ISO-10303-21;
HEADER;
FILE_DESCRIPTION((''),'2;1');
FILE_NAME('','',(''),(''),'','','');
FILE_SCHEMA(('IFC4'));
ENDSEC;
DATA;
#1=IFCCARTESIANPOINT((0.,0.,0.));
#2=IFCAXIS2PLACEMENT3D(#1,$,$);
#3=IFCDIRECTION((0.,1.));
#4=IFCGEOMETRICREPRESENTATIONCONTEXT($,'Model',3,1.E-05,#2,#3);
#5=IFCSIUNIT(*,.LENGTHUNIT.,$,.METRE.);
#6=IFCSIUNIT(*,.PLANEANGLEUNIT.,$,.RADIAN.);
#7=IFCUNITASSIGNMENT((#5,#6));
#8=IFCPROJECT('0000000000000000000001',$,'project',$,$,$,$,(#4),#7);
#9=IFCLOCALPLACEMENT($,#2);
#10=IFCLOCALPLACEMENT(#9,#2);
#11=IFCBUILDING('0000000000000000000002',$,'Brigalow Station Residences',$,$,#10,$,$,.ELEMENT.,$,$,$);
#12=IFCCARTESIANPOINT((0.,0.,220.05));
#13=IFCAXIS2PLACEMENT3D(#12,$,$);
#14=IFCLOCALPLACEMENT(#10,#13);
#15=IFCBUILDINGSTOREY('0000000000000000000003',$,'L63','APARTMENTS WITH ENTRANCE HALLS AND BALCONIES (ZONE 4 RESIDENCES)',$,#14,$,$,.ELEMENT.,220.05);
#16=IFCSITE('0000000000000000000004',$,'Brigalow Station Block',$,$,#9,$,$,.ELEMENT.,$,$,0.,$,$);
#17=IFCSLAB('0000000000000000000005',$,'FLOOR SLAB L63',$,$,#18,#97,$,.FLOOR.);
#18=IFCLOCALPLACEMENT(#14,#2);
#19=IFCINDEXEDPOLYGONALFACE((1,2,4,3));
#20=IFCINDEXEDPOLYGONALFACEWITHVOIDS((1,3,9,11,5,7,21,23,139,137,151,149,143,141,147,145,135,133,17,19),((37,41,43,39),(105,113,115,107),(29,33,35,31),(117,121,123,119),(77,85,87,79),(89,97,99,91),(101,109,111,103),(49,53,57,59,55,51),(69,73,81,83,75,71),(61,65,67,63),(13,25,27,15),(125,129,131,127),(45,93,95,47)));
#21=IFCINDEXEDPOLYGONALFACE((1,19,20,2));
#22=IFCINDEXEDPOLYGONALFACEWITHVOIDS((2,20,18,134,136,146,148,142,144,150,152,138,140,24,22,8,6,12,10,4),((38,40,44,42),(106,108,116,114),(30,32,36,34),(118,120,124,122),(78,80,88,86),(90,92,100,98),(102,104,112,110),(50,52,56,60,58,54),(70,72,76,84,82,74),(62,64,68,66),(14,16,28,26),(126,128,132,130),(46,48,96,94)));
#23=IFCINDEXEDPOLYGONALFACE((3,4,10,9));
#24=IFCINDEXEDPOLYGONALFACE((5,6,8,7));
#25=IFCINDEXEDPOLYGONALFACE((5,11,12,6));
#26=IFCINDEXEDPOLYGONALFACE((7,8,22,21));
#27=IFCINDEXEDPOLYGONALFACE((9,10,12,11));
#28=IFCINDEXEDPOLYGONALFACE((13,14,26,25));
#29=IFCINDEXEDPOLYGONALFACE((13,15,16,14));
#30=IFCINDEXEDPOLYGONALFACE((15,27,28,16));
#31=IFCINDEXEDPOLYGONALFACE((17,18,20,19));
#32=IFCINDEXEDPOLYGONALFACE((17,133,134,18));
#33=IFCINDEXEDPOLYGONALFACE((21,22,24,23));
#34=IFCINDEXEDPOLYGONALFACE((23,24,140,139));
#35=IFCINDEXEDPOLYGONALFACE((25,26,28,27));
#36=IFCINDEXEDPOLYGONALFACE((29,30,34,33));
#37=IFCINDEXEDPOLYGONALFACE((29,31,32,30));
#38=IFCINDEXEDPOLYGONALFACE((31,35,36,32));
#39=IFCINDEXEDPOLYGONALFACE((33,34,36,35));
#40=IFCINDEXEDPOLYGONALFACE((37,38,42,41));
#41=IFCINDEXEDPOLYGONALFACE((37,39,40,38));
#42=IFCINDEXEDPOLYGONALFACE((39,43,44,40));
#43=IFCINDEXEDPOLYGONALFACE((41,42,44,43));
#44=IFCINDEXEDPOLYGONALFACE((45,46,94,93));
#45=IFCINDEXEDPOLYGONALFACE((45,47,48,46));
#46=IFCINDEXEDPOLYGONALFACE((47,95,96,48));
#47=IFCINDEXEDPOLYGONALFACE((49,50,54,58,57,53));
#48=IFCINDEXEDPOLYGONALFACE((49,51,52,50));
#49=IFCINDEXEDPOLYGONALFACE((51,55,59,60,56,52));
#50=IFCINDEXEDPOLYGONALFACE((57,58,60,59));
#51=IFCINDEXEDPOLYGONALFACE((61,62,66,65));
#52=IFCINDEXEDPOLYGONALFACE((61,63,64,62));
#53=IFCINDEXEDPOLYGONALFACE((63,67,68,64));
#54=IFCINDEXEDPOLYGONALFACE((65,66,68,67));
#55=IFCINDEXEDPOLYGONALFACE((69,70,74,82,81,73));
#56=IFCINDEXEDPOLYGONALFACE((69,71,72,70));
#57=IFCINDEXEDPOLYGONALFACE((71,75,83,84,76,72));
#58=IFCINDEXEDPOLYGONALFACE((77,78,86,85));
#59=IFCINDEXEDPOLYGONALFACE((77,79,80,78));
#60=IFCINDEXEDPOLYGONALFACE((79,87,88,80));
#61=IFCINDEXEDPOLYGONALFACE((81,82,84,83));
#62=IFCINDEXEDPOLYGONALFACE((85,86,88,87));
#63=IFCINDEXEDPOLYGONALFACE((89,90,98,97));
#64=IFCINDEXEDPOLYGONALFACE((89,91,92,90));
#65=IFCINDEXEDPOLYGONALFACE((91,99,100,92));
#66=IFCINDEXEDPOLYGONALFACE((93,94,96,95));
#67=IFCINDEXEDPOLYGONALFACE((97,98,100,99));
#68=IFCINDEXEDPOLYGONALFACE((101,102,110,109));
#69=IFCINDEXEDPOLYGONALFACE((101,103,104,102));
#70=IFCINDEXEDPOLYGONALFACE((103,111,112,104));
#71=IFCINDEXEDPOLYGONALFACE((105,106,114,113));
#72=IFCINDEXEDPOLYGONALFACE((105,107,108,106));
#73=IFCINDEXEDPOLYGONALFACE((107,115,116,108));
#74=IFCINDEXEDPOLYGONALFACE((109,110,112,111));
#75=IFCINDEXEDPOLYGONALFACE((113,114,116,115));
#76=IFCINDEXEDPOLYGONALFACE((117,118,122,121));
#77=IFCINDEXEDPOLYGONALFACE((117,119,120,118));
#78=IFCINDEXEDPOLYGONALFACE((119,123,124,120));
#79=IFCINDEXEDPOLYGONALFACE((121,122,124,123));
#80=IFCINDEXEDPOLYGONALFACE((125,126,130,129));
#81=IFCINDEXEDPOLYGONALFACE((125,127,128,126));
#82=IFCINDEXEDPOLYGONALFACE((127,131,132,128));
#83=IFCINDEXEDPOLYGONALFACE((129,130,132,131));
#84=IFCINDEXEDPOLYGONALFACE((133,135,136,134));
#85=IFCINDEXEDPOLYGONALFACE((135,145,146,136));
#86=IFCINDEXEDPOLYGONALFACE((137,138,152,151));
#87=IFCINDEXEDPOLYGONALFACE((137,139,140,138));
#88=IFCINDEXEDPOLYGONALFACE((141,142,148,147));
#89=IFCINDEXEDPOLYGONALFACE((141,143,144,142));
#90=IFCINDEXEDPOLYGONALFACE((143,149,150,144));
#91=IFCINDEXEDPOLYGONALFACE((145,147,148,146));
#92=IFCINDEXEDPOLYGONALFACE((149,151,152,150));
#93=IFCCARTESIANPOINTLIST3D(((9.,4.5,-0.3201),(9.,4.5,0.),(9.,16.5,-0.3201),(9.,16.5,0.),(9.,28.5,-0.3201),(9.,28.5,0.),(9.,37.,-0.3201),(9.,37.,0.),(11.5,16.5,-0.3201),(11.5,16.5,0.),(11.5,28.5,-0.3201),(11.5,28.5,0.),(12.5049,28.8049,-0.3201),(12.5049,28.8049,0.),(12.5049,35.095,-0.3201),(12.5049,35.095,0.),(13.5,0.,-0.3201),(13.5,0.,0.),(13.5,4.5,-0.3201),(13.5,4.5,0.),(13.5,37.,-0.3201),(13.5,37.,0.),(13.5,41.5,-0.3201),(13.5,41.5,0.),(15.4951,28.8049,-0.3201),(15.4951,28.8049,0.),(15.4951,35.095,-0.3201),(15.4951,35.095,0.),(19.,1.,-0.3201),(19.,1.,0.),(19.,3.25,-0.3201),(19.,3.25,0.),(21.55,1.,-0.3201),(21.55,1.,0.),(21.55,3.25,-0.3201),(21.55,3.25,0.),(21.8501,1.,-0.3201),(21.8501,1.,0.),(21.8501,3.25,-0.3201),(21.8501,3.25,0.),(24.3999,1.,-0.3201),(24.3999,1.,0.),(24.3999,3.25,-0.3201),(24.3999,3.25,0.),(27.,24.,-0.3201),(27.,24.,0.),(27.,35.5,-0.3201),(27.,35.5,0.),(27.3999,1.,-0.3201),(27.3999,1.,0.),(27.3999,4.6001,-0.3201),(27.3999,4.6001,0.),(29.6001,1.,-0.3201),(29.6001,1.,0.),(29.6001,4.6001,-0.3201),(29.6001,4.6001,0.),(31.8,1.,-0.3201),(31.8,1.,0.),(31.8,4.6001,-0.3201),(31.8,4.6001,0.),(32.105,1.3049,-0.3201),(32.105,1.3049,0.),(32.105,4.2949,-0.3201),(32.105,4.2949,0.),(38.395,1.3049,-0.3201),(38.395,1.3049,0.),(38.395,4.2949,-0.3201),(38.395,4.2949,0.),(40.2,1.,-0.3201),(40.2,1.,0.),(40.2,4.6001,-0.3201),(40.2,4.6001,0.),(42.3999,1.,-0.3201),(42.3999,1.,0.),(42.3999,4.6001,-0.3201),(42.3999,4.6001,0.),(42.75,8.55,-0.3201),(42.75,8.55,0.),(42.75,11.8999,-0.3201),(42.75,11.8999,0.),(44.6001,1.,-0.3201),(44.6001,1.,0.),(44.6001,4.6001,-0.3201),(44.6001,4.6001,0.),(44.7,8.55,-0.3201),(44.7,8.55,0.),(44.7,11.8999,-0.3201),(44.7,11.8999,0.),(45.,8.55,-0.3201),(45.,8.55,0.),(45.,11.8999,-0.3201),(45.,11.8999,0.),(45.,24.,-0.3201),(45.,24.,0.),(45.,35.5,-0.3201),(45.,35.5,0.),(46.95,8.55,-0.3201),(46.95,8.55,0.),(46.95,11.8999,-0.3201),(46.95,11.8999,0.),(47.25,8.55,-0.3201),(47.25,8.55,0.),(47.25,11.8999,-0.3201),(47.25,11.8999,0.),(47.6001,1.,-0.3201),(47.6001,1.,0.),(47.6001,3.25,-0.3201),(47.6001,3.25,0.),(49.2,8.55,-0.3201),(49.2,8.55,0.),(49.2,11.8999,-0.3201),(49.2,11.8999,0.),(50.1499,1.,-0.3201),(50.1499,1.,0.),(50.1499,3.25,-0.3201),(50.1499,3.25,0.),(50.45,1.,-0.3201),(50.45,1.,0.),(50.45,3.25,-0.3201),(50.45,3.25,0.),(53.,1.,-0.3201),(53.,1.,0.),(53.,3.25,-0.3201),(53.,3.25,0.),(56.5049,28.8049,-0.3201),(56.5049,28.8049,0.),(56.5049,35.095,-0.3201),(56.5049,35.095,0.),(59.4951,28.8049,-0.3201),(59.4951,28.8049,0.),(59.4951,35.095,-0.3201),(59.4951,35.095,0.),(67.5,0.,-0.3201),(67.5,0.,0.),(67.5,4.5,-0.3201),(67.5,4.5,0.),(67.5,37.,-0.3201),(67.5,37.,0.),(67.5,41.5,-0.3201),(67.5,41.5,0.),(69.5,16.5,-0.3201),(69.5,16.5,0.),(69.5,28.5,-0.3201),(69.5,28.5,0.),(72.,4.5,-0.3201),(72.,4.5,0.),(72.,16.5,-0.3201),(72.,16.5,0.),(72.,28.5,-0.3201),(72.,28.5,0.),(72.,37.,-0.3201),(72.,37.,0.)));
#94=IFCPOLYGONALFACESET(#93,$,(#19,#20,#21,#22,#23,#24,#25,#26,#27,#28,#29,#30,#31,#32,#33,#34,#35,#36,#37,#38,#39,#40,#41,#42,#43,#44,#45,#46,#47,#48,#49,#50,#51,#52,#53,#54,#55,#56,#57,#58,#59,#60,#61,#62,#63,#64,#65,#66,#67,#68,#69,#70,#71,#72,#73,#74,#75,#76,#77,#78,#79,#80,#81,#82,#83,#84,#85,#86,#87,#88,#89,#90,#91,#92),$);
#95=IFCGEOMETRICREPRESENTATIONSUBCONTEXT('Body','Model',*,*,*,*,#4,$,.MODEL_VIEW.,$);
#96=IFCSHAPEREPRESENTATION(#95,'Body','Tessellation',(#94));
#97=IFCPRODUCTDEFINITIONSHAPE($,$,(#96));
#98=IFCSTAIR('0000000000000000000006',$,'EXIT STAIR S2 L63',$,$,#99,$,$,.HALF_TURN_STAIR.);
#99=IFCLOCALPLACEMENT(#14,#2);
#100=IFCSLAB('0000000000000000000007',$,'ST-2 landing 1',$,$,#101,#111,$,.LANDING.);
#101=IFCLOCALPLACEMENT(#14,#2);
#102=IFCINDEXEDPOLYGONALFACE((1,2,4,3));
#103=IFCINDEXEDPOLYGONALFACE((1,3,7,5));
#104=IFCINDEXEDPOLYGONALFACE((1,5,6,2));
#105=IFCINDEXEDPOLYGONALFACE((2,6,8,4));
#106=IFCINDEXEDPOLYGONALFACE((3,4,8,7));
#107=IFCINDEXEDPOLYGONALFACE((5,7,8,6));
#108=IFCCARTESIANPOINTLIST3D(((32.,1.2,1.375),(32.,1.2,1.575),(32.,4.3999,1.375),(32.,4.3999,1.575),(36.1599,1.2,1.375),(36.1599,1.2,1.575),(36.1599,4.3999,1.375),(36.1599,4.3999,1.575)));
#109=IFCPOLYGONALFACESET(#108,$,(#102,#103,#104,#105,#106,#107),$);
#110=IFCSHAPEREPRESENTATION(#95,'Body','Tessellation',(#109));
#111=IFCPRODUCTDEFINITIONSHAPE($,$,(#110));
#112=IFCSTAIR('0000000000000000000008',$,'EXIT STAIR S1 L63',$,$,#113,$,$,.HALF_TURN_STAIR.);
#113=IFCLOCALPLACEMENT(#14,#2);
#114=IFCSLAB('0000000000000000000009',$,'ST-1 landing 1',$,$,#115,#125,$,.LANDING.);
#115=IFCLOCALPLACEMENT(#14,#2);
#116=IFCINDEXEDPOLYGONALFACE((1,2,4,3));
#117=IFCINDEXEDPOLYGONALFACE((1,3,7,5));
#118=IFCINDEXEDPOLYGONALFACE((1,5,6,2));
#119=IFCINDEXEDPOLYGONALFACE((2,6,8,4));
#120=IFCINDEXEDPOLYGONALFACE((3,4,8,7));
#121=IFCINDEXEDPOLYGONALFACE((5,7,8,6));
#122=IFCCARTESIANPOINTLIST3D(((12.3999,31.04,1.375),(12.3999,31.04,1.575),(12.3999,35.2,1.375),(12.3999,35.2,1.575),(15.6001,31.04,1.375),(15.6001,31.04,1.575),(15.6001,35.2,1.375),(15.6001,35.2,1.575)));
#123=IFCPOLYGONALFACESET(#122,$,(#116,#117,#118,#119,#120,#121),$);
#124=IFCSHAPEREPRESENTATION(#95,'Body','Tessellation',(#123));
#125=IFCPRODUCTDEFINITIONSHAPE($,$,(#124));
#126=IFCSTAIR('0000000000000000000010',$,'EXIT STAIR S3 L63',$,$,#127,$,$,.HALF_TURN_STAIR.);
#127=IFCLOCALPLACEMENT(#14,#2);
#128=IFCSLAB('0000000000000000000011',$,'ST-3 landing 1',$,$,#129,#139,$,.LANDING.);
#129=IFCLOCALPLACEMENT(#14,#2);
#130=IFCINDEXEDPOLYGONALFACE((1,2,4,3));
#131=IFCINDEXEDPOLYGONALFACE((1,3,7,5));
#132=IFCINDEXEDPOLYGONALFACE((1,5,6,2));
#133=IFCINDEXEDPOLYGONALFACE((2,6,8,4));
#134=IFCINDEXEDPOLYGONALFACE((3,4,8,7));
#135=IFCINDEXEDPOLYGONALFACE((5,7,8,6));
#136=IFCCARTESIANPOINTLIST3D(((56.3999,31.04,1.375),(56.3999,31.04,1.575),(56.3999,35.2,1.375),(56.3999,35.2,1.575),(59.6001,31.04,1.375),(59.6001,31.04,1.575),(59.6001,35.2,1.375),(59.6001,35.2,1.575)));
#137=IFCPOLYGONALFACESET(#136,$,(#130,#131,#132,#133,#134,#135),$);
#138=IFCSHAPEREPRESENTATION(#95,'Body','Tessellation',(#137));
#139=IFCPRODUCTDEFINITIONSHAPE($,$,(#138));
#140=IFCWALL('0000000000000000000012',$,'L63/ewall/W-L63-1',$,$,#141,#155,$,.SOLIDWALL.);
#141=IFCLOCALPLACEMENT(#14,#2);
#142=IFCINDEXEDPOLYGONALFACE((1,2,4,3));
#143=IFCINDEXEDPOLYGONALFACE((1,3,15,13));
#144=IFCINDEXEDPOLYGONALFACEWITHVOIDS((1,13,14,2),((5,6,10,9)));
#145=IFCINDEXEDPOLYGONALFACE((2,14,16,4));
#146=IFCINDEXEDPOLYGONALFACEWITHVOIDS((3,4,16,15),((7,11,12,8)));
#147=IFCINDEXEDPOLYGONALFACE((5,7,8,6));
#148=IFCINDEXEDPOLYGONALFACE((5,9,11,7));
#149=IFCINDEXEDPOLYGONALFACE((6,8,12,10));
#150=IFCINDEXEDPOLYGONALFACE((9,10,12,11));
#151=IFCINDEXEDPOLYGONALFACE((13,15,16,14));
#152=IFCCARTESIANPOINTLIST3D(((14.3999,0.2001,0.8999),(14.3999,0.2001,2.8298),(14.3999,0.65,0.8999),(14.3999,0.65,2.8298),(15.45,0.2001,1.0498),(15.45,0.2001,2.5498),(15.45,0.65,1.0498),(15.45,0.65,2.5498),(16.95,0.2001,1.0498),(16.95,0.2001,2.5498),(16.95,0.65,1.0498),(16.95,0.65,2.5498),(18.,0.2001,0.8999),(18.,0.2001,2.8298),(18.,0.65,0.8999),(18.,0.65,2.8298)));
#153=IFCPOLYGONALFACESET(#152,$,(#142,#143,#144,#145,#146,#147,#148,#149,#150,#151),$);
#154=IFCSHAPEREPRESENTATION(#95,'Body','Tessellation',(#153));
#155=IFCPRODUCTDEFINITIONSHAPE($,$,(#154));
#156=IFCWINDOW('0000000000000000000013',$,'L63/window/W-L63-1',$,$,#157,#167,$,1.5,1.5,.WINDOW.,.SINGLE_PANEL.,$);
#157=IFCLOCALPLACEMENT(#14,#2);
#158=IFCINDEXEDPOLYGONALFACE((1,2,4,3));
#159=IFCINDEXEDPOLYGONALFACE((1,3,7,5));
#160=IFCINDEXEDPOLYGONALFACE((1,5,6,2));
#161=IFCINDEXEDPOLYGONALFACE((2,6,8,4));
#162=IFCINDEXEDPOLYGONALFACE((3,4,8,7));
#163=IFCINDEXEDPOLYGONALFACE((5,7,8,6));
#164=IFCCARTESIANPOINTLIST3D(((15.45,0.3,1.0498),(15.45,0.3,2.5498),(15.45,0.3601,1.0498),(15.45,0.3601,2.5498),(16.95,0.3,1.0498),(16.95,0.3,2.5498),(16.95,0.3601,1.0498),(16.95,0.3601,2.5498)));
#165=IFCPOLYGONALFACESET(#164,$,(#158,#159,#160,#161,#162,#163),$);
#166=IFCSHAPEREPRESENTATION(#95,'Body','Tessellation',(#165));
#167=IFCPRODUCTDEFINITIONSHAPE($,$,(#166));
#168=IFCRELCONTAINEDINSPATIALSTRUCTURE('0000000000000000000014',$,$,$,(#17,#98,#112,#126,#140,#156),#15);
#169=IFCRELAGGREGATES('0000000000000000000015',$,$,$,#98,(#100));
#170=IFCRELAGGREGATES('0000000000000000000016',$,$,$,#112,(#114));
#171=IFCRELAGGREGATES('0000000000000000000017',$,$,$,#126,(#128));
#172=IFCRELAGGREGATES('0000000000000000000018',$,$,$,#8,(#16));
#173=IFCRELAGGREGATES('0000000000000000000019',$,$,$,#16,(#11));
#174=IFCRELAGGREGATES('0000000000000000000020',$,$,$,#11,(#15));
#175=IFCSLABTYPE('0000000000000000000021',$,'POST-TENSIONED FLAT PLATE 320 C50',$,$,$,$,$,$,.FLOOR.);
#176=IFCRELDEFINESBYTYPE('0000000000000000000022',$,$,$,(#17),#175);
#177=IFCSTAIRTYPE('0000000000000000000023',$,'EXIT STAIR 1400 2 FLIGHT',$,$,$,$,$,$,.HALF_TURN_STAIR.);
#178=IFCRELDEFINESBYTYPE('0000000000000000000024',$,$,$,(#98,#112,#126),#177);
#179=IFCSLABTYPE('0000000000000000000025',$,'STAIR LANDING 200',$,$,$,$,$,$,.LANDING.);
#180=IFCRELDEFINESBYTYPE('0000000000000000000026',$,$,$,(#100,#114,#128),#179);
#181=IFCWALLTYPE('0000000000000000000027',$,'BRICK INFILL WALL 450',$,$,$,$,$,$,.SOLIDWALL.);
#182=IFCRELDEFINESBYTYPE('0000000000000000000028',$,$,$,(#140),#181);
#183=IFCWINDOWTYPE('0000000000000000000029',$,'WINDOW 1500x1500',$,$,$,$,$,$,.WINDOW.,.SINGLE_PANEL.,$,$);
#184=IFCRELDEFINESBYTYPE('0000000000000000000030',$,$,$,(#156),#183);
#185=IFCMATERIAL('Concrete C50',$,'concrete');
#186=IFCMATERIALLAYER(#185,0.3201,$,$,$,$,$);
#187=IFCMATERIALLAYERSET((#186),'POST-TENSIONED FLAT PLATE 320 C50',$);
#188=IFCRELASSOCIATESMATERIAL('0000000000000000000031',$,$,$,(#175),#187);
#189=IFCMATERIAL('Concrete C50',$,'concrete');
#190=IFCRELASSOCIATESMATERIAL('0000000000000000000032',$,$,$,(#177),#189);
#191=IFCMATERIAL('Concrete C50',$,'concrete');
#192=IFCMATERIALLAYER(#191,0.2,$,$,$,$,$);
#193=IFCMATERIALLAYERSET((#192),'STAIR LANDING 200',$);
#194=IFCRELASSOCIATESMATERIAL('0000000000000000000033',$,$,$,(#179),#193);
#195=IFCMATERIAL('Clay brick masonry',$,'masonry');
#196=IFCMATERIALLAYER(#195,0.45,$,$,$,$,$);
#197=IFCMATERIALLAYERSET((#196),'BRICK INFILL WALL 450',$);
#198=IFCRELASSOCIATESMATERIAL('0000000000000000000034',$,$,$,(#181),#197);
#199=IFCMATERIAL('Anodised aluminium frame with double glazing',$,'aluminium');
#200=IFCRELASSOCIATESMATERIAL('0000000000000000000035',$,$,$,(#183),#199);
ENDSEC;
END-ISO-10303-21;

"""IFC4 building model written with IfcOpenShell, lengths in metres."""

from ifc_helpers import new_model, si_unit, direction, frame, frame_2d, origin, place, context, subcontext, project, spatial, polyline, rectangle, outline, extrude, material, layer, layer_set, type_object, element, fill, aggregate, save


model = new_model("IFC4")

# Units and contexts
model_context = context("Model", 3, precision=1e-05, world=origin(), true_north=direction((0.0, 1.0)))
body_context = subcontext(model_context, "Body", "Model", "MODEL_VIEW")
ifc_project = project(units=[si_unit("LENGTHUNIT", "METRE"), si_unit("PLANEANGLEUNIT", "RADIAN")], contexts=[model_context])

# Site, building, storey
site_placement = place(None, origin())
site = spatial("IfcSite", under=ifc_project, at=site_placement, Name="Brigalow Station Block", CompositionType="ELEMENT", RefElevation=0.0)
building_placement = place(site_placement, origin())
building = spatial("IfcBuilding", under=site, at=building_placement, Name="Brigalow Station Residences", CompositionType="ELEMENT")
storey_placement = place(building_placement, frame((0.0, 0.0, 220.05)))
storey = spatial("IfcBuildingStorey", under=building, at=storey_placement, Name="L63", Description="APARTMENTS WITH ENTRANCE HALLS AND BALCONIES (ZONE 4 RESIDENCES)", CompositionType="ELEMENT", Elevation=220.05)

# Slab
ifc_material_1 = material(Name="Concrete C50", Category="concrete")
ifc_layer_1 = layer(ifc_material_1, 0.3201)
ifc_layer_set_1 = layer_set([ifc_layer_1], Name="POST-TENSIONED FLAT PLATE 320 C50")
slab_type_1 = type_object("IfcSlabType", Name="POST-TENSIONED FLAT PLATE 320 C50", PredefinedType="FLOOR", material=ifc_layer_set_1)
slab_1_placement = place(storey_placement, frame((0.0, 0.0, -0.3201)))
element("IfcSlab", 1, at=slab_1_placement, inside=storey, type_object=slab_type_1, Name="FLOOR SLAB L63", PredefinedType="FLOOR", context=body_context, shape_type="SweptSolid", body=[
    extrude(outline(polyline([(13.5, 0.0), (67.5, 0.0), (67.5, 4.5), (72.0, 4.5), (72.0, 16.5), (69.5, 16.5), (69.5, 28.5), (72.0, 28.5), (72.0, 37.0), (67.5, 37.0), (67.5, 41.5), (13.5, 41.5), (13.5, 37.0), (9.0, 37.0), (9.0, 28.5), (11.5, 28.5), (11.5, 16.5), (9.0, 16.5), (9.0, 4.5), (13.5, 4.5), (13.5, 0.0)]), holes=[polyline([(12.5049, 35.095), (15.4951, 35.095), (15.4951, 28.8049), (12.5049, 28.8049), (12.5049, 35.095)]), polyline([(19.0, 1.0), (19.0, 3.25), (21.55, 3.25), (21.55, 1.0), (19.0, 1.0)]), polyline([(21.8501, 3.25), (24.3999, 3.25), (24.3999, 1.0), (21.8501, 1.0), (21.8501, 3.25)]), polyline([(27.0, 35.5), (45.0, 35.5), (45.0, 24.0), (27.0, 24.0), (27.0, 35.5)]), polyline([(29.6001, 4.6001), (31.8, 4.6001), (31.8, 1.0), (29.6001, 1.0), (27.3999, 1.0), (27.3999, 4.6001), (29.6001, 4.6001)]), polyline([(32.105, 4.2949), (38.395, 4.2949), (38.395, 1.3049), (32.105, 1.3049), (32.105, 4.2949)]), polyline([(40.2, 4.6001), (42.3999, 4.6001), (44.6001, 4.6001), (44.6001, 1.0), (42.3999, 1.0), (40.2, 1.0), (40.2, 4.6001)]), polyline([(42.75, 11.8999), (44.7, 11.8999), (44.7, 8.55), (42.75, 8.55), (42.75, 11.8999)]), polyline([(45.0, 11.8999), (46.95, 11.8999), (46.95, 8.55), (45.0, 8.55), (45.0, 11.8999)]), polyline([(47.25, 11.8999), (49.2, 11.8999), (49.2, 8.55), (47.25, 8.55), (47.25, 11.8999)]), polyline([(47.6001, 3.25), (50.1499, 3.25), (50.1499, 1.0), (47.6001, 1.0), (47.6001, 3.25)]), polyline([(50.45, 3.25), (53.0, 3.25), (53.0, 1.0), (50.45, 1.0), (50.45, 3.25)]), polyline([(56.5049, 35.095), (59.4951, 35.095), (59.4951, 28.8049), (56.5049, 28.8049), (56.5049, 35.095)])]), origin(), (0.0, 0.0, 1.0), 0.3201),
])

# Stairs, slabs
ifc_material_2 = material(Name="Concrete C50", Category="concrete")
stair_type = type_object("IfcStairType", Name="EXIT STAIR 1400 2 FLIGHT", PredefinedType="HALF_TURN_STAIR", material=ifc_material_2)
stair_1_placement = place(storey_placement, origin())
stair_1 = element("IfcStair", 2, at=stair_1_placement, inside=storey, type_object=stair_type, Name="EXIT STAIR S2 L63", PredefinedType="HALF_TURN_STAIR")
ifc_material_3 = material(Name="Concrete C50", Category="concrete")
ifc_layer_2 = layer(ifc_material_3, 0.2)
ifc_layer_set_2 = layer_set([ifc_layer_2], Name="STAIR LANDING 200")
slab_type_2 = type_object("IfcSlabType", Name="STAIR LANDING 200", PredefinedType="LANDING", material=ifc_layer_set_2)
slab_2_placement = place(storey_placement, frame((0.0, 0.0, 1.375)))
slab_2 = element("IfcSlab", 3, at=slab_2_placement, type_object=slab_type_2, Name="ST-2 landing 1", PredefinedType="LANDING", context=body_context, shape_type="SweptSolid", body=[
    extrude(outline(polyline([(32.0, 1.2), (36.1599, 1.2), (36.1599, 4.3999), (32.0, 4.3999), (32.0, 1.2)])), origin(), (0.0, 0.0, 1.0), 0.2),
])
aggregate(stair_1, [slab_2])
stair_2_placement = place(storey_placement, origin())
stair_2 = element("IfcStair", 4, at=stair_2_placement, inside=storey, type_object=stair_type, Name="EXIT STAIR S1 L63", PredefinedType="HALF_TURN_STAIR")
slab_3_placement = place(storey_placement, frame((0.0, 0.0, 1.375)))
slab_3 = element("IfcSlab", 5, at=slab_3_placement, type_object=slab_type_2, Name="ST-1 landing 1", PredefinedType="LANDING", context=body_context, shape_type="SweptSolid", body=[
    extrude(outline(polyline([(12.3999, 31.04), (15.6001, 31.04), (15.6001, 35.2), (12.3999, 35.2), (12.3999, 31.04)])), origin(), (0.0, 0.0, 1.0), 0.2),
])
aggregate(stair_2, [slab_3])
stair_3_placement = place(storey_placement, origin())
stair_3 = element("IfcStair", 6, at=stair_3_placement, inside=storey, type_object=stair_type, Name="EXIT STAIR S3 L63", PredefinedType="HALF_TURN_STAIR")
slab_4_placement = place(storey_placement, frame((0.0, 0.0, 1.375)))
slab_4 = element("IfcSlab", 7, at=slab_4_placement, type_object=slab_type_2, Name="ST-3 landing 1", PredefinedType="LANDING", context=body_context, shape_type="SweptSolid", body=[
    extrude(outline(polyline([(56.3999, 31.04), (59.6001, 31.04), (59.6001, 35.2), (56.3999, 35.2), (56.3999, 31.04)])), origin(), (0.0, 0.0, 1.0), 0.2),
])
aggregate(stair_3, [slab_4])

# Wall, opening, window
ifc_material_4 = material(Name="Clay brick masonry", Category="masonry")
ifc_layer_3 = layer(ifc_material_4, 0.45)
ifc_layer_set_3 = layer_set([ifc_layer_3], Name="BRICK INFILL WALL 450")
wall_type_1 = type_object("IfcWallType", Name="BRICK INFILL WALL 450", PredefinedType="SOLIDWALL", material=ifc_layer_set_3)
wall_1_placement = place(storey_placement, frame((14.3999, 0.425, 0.8999), z_axis=(0.0, 0.0, 1.0), x_axis=(1.0, 0.0, 0.0)))
wall_1 = element("IfcWall", 8, at=wall_1_placement, inside=storey, type_object=wall_type_1, Name="L63/ewall/W-L63-1", PredefinedType="SOLIDWALL", context=body_context, shape_type="SweptSolid", body=[
    extrude(rectangle(XDim=3.6001, YDim=0.45, at=frame_2d((1.8, 0.0))), origin(), (0.0, 0.0, 1.0), 1.9299),
])
opening_1_placement = place(wall_1_placement, frame((1.05, 0.0, 0.1499)))
opening_1 = element("IfcOpeningElement", 9, at=opening_1_placement, cuts=wall_1, PredefinedType="OPENING", context=body_context, shape_type="SweptSolid", body=[
    extrude(rectangle(XDim=1.5, YDim=1.5, at=frame_2d((0.75, 0.75))), frame((0.0, 0.2349, 0.0), z_axis=(0.0, -1.0, 0.0), x_axis=(1.0, 0.0, 0.0)), (0.0, 0.0, 1.0), 0.47),
])
ifc_material_5 = material(Name="Anodised aluminium frame with double glazing", Category="aluminium")
window_type_1 = type_object("IfcWindowType", Name="WINDOW 1500x1500", PartitioningType="SINGLE_PANEL", PredefinedType="WINDOW", material=ifc_material_5)
window_1_placement = place(opening_1_placement, origin())
window_1 = element("IfcWindow", 10, at=window_1_placement, inside=storey, type_object=window_type_1, Name="L63/window/W-L63-1", OverallHeight=1.5, OverallWidth=1.5, PartitioningType="SINGLE_PANEL", PredefinedType="WINDOW", context=body_context, shape_type="SweptSolid", body=[
    extrude(rectangle(XDim=1.5, YDim=1.5, at=frame_2d((0.75, 0.75))), frame((0.0, -0.0649, 0.0), z_axis=(0.0, -1.0, 0.0), x_axis=(1.0, 0.0, 0.0)), (0.0, 0.0, 1.0), 0.0601),
])
fill(opening_1, window_1)

save(model, "model.ifc")
